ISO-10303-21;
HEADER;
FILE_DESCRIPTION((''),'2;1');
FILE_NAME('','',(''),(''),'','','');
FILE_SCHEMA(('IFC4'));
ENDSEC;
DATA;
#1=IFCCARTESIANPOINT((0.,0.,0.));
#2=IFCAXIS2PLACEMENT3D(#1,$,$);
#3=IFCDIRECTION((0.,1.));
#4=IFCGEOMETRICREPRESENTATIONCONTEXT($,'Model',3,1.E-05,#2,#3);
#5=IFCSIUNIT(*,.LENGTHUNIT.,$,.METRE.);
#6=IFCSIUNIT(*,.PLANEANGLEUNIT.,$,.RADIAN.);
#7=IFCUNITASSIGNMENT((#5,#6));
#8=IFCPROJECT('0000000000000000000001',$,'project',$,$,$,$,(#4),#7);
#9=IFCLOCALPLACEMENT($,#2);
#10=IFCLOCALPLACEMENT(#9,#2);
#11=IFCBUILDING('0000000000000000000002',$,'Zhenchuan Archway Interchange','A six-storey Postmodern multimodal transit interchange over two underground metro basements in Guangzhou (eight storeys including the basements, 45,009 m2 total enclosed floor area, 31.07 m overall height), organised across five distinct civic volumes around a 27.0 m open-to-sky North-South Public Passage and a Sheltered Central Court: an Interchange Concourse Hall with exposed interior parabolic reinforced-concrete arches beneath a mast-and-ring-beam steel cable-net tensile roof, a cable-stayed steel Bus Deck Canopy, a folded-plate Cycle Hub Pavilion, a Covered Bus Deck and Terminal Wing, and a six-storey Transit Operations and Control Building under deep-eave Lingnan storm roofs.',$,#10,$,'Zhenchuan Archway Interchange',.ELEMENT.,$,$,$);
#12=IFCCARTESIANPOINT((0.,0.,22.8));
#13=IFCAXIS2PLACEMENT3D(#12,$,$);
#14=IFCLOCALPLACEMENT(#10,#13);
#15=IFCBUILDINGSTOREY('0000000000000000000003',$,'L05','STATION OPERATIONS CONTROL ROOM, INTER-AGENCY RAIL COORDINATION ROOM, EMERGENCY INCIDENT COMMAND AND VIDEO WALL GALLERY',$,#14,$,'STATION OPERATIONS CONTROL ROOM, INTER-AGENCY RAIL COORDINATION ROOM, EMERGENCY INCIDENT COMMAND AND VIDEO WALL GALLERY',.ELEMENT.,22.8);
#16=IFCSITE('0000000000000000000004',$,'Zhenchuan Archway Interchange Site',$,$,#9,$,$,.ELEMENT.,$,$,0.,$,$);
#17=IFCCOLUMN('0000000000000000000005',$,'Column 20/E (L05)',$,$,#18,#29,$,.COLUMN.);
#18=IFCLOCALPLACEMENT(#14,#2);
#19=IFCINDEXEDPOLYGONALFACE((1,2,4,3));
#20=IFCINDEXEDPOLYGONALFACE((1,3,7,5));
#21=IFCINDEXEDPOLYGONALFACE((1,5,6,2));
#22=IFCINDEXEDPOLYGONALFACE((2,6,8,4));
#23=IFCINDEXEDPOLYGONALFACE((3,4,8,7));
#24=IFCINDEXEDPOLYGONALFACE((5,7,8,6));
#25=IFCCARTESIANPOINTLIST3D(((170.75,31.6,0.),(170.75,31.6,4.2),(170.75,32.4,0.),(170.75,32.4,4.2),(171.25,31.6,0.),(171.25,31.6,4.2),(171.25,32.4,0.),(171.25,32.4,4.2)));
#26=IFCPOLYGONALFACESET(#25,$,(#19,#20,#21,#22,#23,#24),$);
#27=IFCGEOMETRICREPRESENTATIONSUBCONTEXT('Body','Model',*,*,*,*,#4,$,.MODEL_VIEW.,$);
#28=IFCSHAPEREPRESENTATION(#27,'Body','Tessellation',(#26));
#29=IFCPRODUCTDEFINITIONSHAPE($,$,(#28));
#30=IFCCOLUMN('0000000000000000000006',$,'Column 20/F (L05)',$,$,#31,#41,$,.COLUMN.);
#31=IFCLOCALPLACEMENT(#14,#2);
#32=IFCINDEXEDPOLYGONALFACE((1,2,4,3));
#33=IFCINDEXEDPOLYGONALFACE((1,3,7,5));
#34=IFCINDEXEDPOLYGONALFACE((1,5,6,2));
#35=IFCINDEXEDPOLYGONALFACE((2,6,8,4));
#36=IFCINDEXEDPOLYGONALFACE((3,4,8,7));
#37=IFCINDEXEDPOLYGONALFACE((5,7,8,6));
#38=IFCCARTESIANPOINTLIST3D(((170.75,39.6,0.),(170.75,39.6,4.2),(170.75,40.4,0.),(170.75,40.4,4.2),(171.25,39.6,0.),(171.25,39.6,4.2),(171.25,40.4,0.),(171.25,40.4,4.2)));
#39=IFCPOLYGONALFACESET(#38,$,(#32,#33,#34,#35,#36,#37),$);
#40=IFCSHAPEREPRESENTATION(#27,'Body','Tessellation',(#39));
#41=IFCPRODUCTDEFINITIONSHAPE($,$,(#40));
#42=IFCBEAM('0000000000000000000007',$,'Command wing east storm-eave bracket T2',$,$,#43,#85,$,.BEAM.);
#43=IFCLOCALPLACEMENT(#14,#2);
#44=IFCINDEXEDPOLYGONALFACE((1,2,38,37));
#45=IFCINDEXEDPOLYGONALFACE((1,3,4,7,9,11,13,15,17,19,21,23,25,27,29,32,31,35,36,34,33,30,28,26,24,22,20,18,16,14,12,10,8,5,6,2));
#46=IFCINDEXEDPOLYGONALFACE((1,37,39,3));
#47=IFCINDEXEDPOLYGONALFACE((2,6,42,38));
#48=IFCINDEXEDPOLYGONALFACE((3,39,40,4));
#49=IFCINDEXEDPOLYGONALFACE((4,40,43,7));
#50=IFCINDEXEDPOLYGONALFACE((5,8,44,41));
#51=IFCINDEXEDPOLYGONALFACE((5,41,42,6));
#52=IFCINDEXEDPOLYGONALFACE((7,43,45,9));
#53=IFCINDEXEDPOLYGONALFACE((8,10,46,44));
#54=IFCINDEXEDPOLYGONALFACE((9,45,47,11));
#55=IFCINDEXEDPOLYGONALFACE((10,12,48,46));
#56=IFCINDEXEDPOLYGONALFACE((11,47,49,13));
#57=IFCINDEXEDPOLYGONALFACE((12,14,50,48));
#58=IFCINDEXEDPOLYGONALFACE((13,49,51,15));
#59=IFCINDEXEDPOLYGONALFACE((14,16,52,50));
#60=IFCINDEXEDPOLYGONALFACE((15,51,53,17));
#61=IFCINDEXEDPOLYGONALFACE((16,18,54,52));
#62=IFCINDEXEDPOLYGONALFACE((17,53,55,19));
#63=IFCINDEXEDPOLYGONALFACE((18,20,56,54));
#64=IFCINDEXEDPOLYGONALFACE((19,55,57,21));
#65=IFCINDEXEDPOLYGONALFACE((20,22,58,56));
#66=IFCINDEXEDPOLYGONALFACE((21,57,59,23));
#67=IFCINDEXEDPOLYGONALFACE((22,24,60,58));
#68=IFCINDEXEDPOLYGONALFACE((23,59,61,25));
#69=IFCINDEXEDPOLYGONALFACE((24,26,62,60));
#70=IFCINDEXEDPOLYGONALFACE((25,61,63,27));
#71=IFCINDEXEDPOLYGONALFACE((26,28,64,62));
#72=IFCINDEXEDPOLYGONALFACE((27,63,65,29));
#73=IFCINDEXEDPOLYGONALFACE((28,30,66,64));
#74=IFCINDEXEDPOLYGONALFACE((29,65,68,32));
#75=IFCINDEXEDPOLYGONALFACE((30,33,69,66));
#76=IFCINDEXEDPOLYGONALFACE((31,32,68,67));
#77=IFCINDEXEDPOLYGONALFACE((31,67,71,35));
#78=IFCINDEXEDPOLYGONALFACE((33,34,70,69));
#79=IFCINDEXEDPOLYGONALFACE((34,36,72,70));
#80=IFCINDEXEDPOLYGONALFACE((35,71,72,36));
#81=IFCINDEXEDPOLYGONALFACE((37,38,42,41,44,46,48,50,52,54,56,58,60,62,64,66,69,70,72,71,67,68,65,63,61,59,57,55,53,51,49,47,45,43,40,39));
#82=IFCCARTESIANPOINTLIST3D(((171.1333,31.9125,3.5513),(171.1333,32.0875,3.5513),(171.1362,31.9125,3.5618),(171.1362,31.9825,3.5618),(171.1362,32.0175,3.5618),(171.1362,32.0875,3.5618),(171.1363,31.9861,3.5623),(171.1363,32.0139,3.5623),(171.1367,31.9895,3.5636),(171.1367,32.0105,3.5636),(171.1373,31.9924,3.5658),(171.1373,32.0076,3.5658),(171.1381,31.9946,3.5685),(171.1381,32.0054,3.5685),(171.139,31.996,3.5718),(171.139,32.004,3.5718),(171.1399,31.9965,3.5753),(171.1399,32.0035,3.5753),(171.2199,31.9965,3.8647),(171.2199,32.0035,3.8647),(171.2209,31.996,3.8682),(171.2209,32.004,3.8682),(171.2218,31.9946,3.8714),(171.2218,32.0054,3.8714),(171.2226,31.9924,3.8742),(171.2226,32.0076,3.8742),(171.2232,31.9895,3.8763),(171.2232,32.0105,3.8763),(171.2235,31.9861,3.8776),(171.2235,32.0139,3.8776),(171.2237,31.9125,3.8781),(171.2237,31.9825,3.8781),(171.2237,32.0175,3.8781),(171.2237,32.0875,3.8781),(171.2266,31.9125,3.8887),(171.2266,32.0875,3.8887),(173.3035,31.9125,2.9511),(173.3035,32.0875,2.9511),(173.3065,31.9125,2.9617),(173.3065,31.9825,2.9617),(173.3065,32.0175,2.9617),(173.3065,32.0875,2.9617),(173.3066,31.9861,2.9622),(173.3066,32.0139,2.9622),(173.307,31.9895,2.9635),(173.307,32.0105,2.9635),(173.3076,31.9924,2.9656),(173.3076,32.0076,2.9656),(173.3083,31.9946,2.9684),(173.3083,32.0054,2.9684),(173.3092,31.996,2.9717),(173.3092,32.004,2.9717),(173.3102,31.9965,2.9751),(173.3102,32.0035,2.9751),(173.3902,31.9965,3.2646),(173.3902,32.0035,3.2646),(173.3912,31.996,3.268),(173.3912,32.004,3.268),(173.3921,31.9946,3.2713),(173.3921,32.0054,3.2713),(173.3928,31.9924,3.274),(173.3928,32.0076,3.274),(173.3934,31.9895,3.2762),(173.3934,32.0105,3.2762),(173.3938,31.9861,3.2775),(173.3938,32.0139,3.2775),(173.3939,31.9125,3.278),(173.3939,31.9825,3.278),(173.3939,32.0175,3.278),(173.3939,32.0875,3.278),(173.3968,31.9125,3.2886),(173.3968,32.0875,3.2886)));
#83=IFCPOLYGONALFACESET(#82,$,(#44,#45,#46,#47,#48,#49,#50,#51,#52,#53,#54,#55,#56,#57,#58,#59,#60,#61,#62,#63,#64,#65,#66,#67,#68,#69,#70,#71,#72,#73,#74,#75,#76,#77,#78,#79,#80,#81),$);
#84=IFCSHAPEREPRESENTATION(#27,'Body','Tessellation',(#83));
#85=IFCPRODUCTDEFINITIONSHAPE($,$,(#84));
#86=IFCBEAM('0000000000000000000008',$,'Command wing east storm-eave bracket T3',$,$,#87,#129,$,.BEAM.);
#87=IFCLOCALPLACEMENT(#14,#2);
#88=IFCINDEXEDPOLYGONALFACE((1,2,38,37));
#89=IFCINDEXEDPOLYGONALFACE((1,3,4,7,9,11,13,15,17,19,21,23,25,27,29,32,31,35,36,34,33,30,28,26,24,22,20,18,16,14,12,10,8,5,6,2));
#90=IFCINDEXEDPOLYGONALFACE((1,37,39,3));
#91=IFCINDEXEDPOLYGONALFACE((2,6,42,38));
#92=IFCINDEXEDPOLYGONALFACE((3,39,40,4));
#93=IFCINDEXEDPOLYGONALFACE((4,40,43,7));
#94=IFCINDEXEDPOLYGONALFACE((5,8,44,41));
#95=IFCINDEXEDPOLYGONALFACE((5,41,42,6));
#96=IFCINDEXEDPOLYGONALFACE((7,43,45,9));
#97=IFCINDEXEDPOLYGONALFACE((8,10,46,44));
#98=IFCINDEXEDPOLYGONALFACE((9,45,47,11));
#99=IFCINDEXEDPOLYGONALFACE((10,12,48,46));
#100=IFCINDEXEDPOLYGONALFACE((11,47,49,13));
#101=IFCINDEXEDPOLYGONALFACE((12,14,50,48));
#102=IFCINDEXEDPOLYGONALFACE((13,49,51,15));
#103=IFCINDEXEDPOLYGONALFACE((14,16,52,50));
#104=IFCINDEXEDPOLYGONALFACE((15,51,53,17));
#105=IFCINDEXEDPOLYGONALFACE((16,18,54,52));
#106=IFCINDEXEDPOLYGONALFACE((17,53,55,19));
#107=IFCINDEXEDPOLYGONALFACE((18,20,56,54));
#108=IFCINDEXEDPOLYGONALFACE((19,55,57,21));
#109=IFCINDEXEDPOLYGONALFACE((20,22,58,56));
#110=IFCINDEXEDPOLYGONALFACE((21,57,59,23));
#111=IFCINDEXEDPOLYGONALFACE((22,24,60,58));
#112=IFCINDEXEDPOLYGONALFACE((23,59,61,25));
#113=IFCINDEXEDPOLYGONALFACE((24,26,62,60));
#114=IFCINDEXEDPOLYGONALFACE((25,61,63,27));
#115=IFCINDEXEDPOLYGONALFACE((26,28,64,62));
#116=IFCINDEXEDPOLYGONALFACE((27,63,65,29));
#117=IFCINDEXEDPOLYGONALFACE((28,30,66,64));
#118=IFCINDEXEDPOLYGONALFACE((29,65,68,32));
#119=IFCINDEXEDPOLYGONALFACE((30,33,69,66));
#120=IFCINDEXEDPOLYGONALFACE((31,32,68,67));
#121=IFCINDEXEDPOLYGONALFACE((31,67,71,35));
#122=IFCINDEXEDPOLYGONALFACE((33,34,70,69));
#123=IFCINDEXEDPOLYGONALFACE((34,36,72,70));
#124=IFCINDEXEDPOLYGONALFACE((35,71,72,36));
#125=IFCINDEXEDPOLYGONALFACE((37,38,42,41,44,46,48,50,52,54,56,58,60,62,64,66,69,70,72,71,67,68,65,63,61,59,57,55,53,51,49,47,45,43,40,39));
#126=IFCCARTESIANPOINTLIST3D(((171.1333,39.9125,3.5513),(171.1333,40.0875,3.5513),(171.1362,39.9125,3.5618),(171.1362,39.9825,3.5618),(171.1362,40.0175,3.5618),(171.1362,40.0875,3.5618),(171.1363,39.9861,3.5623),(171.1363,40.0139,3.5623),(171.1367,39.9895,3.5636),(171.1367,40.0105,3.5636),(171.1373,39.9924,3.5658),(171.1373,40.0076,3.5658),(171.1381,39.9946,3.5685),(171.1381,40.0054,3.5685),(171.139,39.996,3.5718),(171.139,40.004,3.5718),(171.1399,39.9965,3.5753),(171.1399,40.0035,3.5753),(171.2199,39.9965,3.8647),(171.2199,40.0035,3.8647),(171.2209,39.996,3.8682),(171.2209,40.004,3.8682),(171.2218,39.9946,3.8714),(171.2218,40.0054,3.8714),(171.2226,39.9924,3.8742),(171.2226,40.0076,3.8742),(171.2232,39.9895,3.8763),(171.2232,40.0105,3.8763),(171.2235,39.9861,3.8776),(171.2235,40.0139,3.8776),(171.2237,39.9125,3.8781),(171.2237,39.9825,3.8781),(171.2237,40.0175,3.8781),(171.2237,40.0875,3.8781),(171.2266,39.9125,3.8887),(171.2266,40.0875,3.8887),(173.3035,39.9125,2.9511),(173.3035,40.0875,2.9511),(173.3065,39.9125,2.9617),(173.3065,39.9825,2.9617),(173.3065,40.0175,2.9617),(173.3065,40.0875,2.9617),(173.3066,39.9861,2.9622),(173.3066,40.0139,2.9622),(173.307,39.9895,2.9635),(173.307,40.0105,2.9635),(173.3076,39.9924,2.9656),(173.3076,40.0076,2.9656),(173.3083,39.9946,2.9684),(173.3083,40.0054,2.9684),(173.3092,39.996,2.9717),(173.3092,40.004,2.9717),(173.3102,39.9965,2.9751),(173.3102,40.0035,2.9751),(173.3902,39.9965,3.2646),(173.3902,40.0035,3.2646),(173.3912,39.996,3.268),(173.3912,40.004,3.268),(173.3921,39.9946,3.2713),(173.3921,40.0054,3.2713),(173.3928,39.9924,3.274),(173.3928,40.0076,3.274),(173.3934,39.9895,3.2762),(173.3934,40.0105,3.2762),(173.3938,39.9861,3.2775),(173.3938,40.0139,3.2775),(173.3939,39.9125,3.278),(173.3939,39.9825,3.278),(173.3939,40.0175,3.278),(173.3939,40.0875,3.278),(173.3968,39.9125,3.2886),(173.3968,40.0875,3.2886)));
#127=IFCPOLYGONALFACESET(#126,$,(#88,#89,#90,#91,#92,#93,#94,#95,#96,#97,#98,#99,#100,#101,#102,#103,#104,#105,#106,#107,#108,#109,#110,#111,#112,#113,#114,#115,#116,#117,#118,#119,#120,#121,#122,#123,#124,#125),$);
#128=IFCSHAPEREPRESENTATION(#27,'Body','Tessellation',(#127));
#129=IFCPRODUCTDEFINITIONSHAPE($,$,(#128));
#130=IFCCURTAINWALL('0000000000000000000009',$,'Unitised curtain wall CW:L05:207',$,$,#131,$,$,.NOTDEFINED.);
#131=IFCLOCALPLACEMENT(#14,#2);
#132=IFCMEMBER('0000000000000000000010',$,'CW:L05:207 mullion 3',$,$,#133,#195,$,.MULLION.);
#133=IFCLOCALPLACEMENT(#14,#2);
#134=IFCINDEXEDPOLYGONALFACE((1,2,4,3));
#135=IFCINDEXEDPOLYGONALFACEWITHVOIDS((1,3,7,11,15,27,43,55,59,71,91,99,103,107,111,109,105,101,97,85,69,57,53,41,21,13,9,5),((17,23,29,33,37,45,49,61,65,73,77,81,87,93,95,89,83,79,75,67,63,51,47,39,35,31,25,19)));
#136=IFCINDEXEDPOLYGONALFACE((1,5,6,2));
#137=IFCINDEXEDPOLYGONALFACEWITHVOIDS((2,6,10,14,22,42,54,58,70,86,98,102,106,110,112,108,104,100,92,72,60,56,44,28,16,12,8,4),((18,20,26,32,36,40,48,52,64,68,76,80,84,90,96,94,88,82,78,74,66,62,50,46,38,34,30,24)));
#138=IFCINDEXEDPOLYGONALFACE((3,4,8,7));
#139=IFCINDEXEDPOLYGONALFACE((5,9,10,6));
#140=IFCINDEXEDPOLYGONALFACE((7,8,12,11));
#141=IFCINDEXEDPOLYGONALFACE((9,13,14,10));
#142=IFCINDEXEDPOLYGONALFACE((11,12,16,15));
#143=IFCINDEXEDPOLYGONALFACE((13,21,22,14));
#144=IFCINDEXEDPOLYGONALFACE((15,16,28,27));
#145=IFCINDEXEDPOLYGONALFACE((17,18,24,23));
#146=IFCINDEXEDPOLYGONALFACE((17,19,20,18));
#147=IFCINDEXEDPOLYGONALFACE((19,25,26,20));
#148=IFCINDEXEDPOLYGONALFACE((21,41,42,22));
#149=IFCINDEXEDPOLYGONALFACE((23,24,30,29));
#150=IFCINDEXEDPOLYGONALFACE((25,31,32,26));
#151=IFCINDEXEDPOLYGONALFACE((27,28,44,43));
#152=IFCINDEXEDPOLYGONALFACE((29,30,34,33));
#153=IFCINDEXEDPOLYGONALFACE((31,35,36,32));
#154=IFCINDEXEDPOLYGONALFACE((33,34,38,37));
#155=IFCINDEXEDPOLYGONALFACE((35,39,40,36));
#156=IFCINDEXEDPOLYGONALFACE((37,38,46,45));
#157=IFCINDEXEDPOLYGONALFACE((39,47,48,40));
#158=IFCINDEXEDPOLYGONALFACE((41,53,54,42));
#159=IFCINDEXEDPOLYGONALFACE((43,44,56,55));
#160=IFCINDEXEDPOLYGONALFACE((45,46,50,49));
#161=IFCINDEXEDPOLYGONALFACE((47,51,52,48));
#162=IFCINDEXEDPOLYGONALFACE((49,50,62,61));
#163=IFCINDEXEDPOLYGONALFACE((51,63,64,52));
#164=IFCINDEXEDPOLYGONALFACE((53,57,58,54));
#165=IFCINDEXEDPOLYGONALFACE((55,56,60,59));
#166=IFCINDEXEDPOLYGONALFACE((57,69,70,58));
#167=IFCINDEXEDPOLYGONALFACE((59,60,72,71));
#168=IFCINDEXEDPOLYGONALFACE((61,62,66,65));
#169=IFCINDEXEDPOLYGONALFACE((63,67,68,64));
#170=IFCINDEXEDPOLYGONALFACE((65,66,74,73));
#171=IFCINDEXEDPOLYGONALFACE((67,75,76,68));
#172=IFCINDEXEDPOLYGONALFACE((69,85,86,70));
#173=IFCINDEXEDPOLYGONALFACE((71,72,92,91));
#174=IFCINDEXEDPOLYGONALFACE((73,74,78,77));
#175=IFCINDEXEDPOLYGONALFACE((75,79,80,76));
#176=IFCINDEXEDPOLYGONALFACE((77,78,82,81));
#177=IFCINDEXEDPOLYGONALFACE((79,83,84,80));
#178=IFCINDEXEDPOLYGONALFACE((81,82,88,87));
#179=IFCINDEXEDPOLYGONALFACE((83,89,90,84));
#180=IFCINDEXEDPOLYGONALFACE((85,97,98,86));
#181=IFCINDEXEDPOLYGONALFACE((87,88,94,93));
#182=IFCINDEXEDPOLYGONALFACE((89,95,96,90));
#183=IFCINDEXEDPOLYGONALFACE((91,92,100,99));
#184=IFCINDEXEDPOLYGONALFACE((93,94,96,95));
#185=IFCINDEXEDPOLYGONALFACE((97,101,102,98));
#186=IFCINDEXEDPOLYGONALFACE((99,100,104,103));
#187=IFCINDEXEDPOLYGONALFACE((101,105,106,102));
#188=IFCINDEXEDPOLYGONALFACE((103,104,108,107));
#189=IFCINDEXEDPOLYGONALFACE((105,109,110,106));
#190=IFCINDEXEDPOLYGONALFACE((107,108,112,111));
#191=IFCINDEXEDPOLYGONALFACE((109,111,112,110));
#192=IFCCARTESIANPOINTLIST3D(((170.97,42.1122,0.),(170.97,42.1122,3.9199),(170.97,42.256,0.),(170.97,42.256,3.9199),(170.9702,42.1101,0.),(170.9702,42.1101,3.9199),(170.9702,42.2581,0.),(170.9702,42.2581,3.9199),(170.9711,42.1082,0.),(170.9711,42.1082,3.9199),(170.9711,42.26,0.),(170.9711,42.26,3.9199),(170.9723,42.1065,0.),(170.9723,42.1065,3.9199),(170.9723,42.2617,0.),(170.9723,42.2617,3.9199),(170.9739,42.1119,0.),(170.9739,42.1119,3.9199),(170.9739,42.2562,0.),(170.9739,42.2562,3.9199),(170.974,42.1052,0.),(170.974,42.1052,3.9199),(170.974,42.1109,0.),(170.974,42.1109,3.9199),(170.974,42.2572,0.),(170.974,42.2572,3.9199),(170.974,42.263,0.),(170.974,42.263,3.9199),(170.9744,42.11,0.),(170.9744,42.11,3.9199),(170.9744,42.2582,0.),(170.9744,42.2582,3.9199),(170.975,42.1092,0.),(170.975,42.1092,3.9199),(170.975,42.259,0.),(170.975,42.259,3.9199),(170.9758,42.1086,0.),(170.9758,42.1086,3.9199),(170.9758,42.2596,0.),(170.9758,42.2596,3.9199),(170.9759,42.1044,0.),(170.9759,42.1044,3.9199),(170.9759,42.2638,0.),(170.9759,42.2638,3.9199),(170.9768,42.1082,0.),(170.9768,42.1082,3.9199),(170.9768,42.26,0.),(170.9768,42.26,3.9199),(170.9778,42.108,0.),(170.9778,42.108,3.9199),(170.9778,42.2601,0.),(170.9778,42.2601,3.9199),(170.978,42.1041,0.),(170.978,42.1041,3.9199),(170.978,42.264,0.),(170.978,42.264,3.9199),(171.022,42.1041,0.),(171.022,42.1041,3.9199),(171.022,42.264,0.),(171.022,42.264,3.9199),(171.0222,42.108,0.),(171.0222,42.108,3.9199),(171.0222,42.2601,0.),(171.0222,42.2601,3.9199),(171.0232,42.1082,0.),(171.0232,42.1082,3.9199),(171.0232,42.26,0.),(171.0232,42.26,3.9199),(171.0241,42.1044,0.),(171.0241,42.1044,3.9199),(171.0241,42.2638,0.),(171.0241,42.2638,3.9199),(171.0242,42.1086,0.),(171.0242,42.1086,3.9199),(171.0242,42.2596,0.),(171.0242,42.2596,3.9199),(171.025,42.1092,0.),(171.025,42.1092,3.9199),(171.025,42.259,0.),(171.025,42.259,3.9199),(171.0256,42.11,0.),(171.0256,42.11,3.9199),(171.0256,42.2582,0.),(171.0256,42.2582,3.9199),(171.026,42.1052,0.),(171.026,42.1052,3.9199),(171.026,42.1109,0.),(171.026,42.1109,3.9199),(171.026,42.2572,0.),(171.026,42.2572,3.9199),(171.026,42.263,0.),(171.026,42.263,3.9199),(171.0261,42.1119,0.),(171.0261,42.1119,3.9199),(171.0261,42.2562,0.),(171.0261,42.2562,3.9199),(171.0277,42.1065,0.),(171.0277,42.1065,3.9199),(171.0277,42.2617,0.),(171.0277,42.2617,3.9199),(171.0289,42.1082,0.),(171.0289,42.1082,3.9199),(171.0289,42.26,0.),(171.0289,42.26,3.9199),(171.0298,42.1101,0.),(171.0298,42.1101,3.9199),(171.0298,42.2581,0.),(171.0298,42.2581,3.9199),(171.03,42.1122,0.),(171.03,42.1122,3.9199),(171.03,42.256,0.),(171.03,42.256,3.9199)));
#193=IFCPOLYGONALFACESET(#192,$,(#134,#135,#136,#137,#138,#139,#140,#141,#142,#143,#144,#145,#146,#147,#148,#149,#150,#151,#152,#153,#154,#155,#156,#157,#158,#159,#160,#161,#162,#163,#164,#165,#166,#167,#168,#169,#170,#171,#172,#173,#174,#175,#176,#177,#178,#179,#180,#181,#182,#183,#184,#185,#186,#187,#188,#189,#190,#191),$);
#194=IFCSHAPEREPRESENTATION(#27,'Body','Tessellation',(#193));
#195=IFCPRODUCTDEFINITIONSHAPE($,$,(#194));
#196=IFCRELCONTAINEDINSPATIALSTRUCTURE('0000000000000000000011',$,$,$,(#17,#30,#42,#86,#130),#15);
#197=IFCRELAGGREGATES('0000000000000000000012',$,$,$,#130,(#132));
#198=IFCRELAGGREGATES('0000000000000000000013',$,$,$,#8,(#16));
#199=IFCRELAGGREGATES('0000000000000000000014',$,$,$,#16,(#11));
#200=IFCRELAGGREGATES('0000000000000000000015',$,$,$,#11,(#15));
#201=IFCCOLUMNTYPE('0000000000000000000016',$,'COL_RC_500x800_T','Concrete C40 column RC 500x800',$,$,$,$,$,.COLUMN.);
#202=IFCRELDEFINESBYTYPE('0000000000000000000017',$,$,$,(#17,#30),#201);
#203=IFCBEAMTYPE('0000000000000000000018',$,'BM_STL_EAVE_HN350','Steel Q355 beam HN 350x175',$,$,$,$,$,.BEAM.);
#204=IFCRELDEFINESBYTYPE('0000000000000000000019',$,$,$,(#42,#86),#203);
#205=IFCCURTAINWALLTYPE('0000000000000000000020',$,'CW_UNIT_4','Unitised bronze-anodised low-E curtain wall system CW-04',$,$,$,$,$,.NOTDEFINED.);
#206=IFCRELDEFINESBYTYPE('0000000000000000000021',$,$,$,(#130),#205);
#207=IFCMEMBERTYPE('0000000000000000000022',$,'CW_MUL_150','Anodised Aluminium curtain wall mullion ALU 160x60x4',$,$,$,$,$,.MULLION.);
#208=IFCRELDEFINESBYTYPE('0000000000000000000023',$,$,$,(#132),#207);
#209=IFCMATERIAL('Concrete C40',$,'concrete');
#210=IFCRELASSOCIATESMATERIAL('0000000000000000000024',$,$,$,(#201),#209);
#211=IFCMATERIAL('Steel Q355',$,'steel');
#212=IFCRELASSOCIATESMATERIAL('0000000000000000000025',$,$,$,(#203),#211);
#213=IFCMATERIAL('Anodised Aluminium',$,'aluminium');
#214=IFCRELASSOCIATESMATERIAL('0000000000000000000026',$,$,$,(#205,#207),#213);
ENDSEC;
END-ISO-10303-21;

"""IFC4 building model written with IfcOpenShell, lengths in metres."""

from ifc_helpers import new_model, si_unit, direction, frame, origin, origin_2d, place, context, subcontext, project, spatial, rectangle, hollow_rectangle, i_section, extrude, material, material_profile, profile_set, type_object, element, aggregate, save


model = new_model("IFC4")

# Units and contexts
model_context = context("Model", 3, precision=1e-05, world=origin(), true_north=direction((0.0, 1.0)))
body_context = subcontext(model_context, "Body", "Model", "MODEL_VIEW")
ifc_project = project(units=[si_unit("LENGTHUNIT", "METRE"), si_unit("PLANEANGLEUNIT", "RADIAN")], contexts=[model_context])

# Site, building, storey
site_placement = place(None, origin())
site = spatial("IfcSite", under=ifc_project, at=site_placement, Name="Zhenchuan Archway Interchange Site", CompositionType="ELEMENT", RefElevation=0.0)
building_placement = place(site_placement, origin())
building = spatial("IfcBuilding", under=site, at=building_placement, Name="Zhenchuan Archway Interchange", Description="A six-storey Postmodern multimodal transit interchange over two underground metro basements in Guangzhou (eight storeys including the basements, 45,009 m2 total enclosed floor area, 31.07 m overall height), organised across five distinct civic volumes around a 27.0 m open-to-sky North-South Public Passage and a Sheltered Central Court: an Interchange Concourse Hall with exposed interior parabolic reinforced-concrete arches beneath a mast-and-ring-beam steel cable-net tensile roof, a cable-stayed steel Bus Deck Canopy, a folded-plate Cycle Hub Pavilion, a Covered Bus Deck and Terminal Wing, and a six-storey Transit Operations and Control Building under deep-eave Lingnan storm roofs.", LongName="Zhenchuan Archway Interchange", CompositionType="ELEMENT")
storey_placement = place(building_placement, frame((0.0, 0.0, 22.8)))
storey = spatial("IfcBuildingStorey", under=building, at=storey_placement, Name="L05", Description="STATION OPERATIONS CONTROL ROOM, INTER-AGENCY RAIL COORDINATION ROOM, EMERGENCY INCIDENT COMMAND AND VIDEO WALL GALLERY", LongName="STATION OPERATIONS CONTROL ROOM, INTER-AGENCY RAIL COORDINATION ROOM, EMERGENCY INCIDENT COMMAND AND VIDEO WALL GALLERY", CompositionType="ELEMENT", Elevation=22.8)

# Columns
ifc_material_1 = material(Name="Concrete C40", Category="concrete")
ifc_material_profile_1 = material_profile(ifc_material_1, rectangle(XDim=0.5, YDim=0.8, at=origin_2d()), Name="RC 500x800")
ifc_profile_set_1 = profile_set([ifc_material_profile_1], Name="Concrete C40")
column_type = type_object("IfcColumnType", Name="COL_RC_500x800_T", Description="Concrete C40 column RC 500x800", PredefinedType="COLUMN", material=ifc_profile_set_1)
for number, where, z_axis, x_axis, name in (
    (1, (171.0, 32.0, 0.0), (0.0, 0.0, 1.0), (1.0, 0.0, 0.0), "Column 20/E (L05)"),
    (2, (171.0, 40.0, 0.0), (0.0, 0.0, 1.0), (1.0, 0.0, 0.0), "Column 20/F (L05)"),
):
    element("IfcColumn", number, at=place(storey_placement, frame(where, z_axis=z_axis, x_axis=x_axis)), inside=storey, type_object=column_type, Name=name, PredefinedType="COLUMN", context=body_context, shape_type="SweptSolid", body=[
        extrude(rectangle(XDim=0.5, YDim=0.8, at=origin_2d()), origin(), (0.0, 0.0, 1.0), 4.2),
    ])

# Beams
ifc_material_2 = material(Name="Steel Q355", Category="steel")
ifc_material_profile_2 = material_profile(ifc_material_2, i_section(OverallWidth=0.175, OverallDepth=0.3501, WebThickness=0.0071, FlangeThickness=0.011, FilletRadius=0.0139, at=origin_2d()), Name="HN 350x175")
ifc_profile_set_2 = profile_set([ifc_material_profile_2], Name="Steel Q355")
beam_type_1 = type_object("IfcBeamType", Name="BM_STL_EAVE_HN350", Description="Steel Q355 beam HN 350x175", PredefinedType="BEAM", material=ifc_profile_set_2)
for number, where, z_axis, x_axis, name in (
    (3, (171.1799, 32.0, 3.72), (0.963829, 0.0, -0.26652), (0.0, 1.0, 0.0), "Command wing east storm-eave bracket T2"),
    (4, (171.1799, 40.0, 3.72), (0.963829, 0.0, -0.26652), (0.0, 1.0, 0.0), "Command wing east storm-eave bracket T3"),
):
    element("IfcBeam", number, at=place(storey_placement, frame(where, z_axis=z_axis, x_axis=x_axis)), inside=storey, type_object=beam_type_1, Name=name, PredefinedType="BEAM", context=body_context, shape_type="SweptSolid", body=[
        extrude(i_section(OverallWidth=0.175, OverallDepth=0.3501, WebThickness=0.0071, FlangeThickness=0.011, FilletRadius=0.0139, at=origin_2d()), origin(), (0.0, 0.0, 1.0), 2.2517),
    ])

# Curtain wall, member
ifc_material_3 = material(Name="Anodised Aluminium", Category="aluminium")
curtain_wall_type = type_object("IfcCurtainWallType", Name="CW_UNIT_4", Description="Unitised bronze-anodised low-E curtain wall system CW-04", PredefinedType="NOTDEFINED", material=ifc_material_3)
curtain_wall_placement = place(storey_placement, origin())
curtain_wall = element("IfcCurtainWall", 5, at=curtain_wall_placement, inside=storey, type_object=curtain_wall_type, Name="Unitised curtain wall CW:L05:207", PredefinedType="NOTDEFINED")
ifc_material_profile_3 = material_profile(ifc_material_3, hollow_rectangle(XDim=0.0601, YDim=0.1599, WallThickness=0.0039, InnerFilletRadius=0.0039, OuterFilletRadius=0.0081, at=origin_2d()), Name="ALU 160x60x4")
ifc_profile_set_3 = profile_set([ifc_material_profile_3], Name="Anodised Aluminium")
member_type_1 = type_object("IfcMemberType", Name="CW_MUL_150", Description="Anodised Aluminium curtain wall mullion ALU 160x60x4", PredefinedType="MULLION", material=ifc_profile_set_3)
member_1_placement = place(storey_placement, frame((171.0, 42.1841, 0.0), z_axis=(0.0, 0.0, 1.0), x_axis=(1.0, 0.0, 0.0)))
member_1 = element("IfcMember", 6, at=member_1_placement, type_object=member_type_1, Name="CW:L05:207 mullion 3", PredefinedType="MULLION", context=body_context, shape_type="SweptSolid", body=[
    extrude(hollow_rectangle(XDim=0.0601, YDim=0.1599, WallThickness=0.0039, InnerFilletRadius=0.0039, OuterFilletRadius=0.0081, at=origin_2d()), origin(), (0.0, 0.0, 1.0), 3.9199),
])

aggregate(curtain_wall, [member_1])

save(model, "model.ifc")
